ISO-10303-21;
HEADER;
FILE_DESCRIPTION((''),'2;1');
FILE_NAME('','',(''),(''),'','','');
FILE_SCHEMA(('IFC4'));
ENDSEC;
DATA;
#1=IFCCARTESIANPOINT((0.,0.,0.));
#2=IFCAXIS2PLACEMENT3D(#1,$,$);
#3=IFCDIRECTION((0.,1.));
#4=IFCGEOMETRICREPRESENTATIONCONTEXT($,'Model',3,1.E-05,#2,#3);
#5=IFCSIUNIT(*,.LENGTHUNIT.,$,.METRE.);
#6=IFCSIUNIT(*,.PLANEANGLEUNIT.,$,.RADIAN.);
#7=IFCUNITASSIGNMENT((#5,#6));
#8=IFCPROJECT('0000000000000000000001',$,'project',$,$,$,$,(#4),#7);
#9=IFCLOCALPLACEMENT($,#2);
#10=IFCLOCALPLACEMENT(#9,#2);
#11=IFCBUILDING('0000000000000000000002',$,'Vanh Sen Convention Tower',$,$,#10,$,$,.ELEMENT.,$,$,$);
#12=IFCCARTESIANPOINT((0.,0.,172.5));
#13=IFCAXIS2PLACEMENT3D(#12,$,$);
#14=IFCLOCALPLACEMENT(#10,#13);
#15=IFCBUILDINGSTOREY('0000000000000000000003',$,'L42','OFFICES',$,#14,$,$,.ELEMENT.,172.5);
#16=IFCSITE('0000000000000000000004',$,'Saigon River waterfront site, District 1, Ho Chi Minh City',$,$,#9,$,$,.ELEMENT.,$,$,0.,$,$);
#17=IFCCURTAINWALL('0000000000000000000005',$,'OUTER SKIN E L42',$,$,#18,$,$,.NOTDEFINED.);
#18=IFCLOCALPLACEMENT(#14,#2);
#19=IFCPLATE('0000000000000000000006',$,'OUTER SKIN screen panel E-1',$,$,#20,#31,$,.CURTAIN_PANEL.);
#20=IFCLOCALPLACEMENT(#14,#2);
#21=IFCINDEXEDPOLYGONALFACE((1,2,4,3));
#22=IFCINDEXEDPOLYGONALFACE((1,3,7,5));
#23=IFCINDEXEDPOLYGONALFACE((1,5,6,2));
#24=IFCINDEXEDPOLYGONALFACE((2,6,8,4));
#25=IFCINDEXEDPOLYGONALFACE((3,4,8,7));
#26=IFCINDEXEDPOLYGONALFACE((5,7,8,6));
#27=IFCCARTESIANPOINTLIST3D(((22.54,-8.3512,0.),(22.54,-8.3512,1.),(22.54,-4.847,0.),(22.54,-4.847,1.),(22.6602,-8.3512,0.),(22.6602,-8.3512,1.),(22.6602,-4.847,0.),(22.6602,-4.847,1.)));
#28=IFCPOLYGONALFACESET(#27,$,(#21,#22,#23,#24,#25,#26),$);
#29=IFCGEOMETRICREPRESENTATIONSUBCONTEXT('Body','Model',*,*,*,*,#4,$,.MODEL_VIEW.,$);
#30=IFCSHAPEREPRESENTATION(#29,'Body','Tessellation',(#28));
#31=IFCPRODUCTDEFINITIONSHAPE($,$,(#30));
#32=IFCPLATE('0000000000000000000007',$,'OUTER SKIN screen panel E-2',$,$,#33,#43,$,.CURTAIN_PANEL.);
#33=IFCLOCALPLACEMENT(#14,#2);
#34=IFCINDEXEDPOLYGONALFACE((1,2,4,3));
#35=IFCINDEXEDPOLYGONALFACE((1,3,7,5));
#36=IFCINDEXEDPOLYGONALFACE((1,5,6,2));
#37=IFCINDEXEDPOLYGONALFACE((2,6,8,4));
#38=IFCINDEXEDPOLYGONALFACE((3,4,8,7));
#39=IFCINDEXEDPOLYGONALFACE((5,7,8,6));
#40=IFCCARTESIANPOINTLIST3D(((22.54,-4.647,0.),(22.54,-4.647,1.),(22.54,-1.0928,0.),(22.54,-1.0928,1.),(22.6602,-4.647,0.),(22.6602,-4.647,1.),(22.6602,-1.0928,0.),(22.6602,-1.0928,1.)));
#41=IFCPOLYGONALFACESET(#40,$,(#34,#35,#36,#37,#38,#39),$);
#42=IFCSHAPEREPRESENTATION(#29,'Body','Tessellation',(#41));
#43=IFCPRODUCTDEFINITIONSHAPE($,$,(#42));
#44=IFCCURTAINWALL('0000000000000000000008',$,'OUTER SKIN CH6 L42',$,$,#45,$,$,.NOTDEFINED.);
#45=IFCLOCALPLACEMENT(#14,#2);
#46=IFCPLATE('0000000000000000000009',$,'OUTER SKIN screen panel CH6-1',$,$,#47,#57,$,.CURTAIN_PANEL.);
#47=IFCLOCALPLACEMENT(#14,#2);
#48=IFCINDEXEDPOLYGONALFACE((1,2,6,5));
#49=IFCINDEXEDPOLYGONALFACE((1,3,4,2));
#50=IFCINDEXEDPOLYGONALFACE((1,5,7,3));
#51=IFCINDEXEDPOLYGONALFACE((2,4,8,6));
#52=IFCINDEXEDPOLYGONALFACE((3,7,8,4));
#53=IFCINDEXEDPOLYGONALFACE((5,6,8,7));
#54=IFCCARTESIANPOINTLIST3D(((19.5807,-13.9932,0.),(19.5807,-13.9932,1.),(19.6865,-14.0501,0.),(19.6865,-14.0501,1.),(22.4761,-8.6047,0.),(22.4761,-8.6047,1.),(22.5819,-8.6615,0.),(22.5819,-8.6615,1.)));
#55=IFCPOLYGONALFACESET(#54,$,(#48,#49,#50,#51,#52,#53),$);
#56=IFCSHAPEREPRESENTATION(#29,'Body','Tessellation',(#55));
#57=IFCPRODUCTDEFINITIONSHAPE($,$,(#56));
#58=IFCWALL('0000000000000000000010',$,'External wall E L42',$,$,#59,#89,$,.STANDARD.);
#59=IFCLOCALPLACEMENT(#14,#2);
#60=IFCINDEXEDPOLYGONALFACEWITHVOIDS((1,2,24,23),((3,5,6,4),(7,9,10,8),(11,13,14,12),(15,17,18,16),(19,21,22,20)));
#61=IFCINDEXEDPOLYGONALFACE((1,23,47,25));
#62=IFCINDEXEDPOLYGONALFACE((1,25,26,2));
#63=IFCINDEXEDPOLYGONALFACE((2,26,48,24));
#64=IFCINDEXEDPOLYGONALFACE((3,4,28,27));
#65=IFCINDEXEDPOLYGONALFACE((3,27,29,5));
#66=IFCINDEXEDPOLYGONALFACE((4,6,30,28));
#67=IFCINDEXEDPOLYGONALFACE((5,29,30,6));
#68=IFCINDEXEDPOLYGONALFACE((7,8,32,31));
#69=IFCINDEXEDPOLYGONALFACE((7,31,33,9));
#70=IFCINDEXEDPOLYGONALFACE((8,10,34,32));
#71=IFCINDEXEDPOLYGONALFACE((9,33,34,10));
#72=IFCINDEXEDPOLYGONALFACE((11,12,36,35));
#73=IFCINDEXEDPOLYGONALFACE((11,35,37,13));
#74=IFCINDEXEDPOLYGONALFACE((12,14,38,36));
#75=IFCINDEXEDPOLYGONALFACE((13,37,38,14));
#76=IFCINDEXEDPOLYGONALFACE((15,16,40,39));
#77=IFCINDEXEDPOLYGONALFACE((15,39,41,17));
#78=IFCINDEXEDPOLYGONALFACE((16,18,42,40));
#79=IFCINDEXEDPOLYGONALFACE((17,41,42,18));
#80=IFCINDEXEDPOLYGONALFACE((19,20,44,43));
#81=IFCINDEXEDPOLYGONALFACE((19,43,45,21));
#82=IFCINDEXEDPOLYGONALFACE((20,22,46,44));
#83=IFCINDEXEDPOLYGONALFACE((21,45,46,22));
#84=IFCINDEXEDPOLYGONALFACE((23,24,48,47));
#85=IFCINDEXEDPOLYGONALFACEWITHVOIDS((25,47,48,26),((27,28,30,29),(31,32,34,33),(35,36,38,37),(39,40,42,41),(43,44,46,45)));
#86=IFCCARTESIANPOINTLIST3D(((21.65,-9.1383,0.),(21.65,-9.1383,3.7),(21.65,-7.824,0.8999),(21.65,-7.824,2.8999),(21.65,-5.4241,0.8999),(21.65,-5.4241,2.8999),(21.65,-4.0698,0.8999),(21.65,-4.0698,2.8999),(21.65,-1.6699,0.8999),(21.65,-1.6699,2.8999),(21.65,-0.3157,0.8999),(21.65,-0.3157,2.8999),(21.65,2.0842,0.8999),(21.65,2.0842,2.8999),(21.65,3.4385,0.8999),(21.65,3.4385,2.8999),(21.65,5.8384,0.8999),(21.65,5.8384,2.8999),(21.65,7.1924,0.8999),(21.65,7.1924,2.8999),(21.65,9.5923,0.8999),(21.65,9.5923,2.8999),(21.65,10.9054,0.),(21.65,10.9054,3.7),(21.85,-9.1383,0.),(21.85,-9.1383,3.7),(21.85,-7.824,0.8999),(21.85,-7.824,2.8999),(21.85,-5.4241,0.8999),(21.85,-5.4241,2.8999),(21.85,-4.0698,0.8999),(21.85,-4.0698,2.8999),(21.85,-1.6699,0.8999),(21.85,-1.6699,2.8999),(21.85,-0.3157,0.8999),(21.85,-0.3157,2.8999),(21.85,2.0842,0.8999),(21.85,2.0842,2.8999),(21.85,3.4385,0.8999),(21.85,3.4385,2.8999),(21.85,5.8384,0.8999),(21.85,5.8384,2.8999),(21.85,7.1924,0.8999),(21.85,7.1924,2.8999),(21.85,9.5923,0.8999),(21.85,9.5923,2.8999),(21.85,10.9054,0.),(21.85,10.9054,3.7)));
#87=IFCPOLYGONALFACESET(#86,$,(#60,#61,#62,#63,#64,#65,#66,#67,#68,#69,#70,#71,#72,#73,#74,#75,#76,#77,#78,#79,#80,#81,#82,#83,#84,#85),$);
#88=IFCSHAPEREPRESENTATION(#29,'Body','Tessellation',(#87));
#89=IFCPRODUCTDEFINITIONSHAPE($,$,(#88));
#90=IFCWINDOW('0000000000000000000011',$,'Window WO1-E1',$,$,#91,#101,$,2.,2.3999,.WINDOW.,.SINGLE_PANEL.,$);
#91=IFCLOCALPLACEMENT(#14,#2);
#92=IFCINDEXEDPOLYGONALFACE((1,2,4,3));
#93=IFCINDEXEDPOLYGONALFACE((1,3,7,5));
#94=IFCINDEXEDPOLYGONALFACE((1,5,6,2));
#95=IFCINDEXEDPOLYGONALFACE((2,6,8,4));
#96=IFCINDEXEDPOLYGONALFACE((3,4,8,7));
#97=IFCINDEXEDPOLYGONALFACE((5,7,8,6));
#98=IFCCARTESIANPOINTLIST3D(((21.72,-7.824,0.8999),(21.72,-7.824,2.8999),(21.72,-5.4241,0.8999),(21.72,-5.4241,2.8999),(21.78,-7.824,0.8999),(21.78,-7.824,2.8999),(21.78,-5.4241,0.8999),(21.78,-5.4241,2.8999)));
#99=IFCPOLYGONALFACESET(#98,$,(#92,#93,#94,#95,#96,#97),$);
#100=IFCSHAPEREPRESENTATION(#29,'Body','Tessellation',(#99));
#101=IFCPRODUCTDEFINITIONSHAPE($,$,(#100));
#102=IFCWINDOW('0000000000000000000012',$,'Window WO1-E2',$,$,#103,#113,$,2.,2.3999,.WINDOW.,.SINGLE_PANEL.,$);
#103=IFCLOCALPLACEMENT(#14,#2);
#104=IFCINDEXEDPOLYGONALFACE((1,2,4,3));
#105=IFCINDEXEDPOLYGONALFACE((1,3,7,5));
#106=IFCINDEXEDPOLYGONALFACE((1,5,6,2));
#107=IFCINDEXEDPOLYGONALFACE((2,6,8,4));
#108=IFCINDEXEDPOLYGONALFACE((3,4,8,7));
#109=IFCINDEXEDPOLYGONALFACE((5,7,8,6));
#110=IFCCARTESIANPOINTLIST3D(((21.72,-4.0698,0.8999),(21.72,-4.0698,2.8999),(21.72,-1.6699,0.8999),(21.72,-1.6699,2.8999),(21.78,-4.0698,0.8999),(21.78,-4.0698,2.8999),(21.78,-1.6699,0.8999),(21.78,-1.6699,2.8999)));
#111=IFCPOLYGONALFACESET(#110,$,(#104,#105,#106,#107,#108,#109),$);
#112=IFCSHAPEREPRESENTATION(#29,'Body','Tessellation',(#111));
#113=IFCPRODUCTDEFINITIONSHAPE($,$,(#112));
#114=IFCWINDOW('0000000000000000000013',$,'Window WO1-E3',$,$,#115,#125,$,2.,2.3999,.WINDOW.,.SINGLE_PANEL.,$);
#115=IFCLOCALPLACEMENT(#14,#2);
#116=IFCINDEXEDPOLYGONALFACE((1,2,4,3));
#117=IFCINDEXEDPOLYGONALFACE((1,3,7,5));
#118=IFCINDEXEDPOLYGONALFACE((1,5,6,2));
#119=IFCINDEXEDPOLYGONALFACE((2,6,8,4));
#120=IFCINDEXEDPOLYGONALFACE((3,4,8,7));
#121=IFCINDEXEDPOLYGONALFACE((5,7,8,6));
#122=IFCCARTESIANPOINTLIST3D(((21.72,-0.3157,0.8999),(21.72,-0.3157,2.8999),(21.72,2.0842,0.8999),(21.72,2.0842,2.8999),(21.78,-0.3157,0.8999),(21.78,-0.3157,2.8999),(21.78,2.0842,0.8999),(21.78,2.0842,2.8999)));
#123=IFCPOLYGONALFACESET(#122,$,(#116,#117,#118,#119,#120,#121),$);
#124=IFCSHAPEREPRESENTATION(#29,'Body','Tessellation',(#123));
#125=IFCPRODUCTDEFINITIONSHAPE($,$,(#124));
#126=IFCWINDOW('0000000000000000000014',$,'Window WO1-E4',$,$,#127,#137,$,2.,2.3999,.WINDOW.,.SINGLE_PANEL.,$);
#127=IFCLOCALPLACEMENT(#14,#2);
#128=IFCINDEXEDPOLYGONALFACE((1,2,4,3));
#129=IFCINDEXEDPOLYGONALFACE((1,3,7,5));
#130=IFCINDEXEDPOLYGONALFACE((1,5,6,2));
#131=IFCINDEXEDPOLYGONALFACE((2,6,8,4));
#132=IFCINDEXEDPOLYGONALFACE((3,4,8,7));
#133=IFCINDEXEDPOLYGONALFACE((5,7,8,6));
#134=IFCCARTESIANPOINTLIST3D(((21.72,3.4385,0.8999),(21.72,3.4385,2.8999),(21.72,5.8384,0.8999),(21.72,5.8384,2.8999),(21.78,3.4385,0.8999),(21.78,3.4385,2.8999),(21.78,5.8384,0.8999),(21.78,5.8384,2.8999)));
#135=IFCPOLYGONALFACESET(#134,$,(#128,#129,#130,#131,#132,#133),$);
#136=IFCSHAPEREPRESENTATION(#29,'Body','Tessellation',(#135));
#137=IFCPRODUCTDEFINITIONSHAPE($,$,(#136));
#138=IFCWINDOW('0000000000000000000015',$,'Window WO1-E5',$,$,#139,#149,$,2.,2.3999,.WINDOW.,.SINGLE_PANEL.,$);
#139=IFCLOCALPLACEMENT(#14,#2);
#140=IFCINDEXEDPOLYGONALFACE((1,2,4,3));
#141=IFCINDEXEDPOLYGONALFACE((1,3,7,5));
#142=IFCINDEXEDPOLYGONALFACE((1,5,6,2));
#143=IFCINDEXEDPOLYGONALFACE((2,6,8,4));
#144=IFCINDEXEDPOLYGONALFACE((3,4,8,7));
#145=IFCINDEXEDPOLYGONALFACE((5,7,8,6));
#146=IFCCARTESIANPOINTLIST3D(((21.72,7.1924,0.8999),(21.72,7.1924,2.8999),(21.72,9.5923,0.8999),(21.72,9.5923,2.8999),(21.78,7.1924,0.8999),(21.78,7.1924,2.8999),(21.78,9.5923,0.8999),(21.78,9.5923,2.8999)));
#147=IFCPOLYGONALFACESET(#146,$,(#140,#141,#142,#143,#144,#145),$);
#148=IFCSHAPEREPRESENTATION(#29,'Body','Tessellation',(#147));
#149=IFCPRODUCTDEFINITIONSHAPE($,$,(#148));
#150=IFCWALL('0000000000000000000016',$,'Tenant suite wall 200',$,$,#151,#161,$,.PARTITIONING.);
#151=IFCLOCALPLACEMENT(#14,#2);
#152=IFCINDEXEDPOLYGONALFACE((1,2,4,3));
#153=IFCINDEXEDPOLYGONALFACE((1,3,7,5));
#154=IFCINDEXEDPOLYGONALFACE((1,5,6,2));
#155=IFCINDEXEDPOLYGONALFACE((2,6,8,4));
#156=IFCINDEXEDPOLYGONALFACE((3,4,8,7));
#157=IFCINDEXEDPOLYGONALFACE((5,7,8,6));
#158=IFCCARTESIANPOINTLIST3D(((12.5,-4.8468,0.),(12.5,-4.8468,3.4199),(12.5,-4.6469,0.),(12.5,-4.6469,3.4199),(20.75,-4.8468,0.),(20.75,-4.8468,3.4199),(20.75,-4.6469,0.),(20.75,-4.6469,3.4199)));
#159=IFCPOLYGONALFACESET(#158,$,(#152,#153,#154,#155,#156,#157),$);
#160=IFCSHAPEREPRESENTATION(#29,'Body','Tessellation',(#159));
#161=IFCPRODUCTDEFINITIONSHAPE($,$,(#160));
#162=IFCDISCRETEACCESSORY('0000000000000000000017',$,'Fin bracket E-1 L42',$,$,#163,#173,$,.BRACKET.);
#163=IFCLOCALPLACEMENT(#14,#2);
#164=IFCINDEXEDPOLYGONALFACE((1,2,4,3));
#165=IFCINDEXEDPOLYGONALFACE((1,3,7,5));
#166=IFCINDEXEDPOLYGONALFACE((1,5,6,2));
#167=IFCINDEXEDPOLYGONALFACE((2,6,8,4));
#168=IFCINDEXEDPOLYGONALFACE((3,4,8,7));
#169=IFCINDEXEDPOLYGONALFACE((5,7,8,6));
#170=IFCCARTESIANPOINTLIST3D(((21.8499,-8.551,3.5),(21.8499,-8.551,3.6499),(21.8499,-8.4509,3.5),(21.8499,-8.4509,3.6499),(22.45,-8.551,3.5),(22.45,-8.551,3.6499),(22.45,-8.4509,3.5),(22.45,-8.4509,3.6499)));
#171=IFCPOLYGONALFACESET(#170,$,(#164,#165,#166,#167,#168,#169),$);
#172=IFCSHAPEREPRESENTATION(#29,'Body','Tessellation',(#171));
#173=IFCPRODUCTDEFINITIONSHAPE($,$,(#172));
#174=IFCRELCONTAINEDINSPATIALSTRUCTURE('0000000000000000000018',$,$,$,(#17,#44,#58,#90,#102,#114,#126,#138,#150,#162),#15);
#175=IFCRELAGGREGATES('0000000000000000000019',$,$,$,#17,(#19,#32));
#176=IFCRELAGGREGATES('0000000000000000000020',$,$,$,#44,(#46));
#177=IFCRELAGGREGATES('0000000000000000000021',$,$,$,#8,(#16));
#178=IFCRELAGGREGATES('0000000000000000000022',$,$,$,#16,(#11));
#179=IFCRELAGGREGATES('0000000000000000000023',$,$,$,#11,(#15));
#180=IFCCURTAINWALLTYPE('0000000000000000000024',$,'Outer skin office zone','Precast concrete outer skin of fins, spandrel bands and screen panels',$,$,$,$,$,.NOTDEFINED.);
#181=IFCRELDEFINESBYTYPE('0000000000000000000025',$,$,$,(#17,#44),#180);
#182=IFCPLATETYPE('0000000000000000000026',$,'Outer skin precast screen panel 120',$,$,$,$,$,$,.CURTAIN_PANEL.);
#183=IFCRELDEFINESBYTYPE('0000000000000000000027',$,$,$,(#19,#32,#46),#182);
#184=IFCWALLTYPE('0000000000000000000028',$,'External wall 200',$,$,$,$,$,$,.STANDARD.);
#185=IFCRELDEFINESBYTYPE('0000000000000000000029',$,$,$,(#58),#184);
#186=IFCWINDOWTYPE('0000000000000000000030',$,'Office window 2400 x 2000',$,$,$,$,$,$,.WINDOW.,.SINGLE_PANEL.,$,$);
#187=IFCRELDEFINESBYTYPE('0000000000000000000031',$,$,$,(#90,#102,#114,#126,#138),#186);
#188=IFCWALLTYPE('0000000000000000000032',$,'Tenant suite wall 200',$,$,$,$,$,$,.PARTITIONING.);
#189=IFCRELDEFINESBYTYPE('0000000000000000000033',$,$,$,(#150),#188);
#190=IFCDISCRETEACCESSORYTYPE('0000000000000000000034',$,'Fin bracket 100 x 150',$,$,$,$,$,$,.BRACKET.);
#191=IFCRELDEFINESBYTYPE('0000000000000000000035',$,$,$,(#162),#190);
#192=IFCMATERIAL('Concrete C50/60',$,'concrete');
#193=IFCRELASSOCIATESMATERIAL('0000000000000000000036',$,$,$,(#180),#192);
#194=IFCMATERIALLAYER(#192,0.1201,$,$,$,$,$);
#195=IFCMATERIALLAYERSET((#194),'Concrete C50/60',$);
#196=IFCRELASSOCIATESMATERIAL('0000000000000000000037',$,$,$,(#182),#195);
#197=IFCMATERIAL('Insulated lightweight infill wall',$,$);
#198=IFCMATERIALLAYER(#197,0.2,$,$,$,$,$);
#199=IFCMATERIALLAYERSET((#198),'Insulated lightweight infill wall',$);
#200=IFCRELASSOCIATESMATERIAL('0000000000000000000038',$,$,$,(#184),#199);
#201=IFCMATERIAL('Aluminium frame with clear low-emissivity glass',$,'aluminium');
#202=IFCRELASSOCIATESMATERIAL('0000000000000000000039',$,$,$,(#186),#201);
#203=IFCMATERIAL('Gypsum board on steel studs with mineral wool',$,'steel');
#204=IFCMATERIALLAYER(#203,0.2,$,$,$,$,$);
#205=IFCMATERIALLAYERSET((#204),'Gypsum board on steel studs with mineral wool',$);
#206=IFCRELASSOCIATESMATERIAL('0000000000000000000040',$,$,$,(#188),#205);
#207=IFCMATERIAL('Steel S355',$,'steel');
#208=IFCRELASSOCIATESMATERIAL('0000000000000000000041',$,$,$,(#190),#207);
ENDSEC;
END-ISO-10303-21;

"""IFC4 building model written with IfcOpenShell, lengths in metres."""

from ifc_helpers import new_model, si_unit, direction, frame, frame_2d, origin, origin_2d, place, context, subcontext, project, spatial, rectangle, extrude, material, layer, layer_set, type_object, element, fill, aggregate, save


model = new_model("IFC4")

# Units and contexts
model_context = context("Model", 3, precision=1e-05, world=origin(), true_north=direction((0.0, 1.0)))
body_context = subcontext(model_context, "Body", "Model", "MODEL_VIEW")
ifc_project = project(units=[si_unit("LENGTHUNIT", "METRE"), si_unit("PLANEANGLEUNIT", "RADIAN")], contexts=[model_context])

# Site, building, storey
site_placement = place(None, origin())
site = spatial("IfcSite", under=ifc_project, at=site_placement, Name="Saigon River waterfront site, District 1, Ho Chi Minh City", CompositionType="ELEMENT", RefElevation=0.0)
building_placement = place(site_placement, origin())
building = spatial("IfcBuilding", under=site, at=building_placement, Name="Vanh Sen Convention Tower", CompositionType="ELEMENT")
storey_placement = place(building_placement, frame((0.0, 0.0, 172.5)))
storey = spatial("IfcBuildingStorey", under=building, at=storey_placement, Name="L42", Description="OFFICES", CompositionType="ELEMENT", Elevation=172.5)

# Curtain wall
ifc_material_1 = material(Name="Concrete C50/60", Category="concrete")
curtain_wall_type = type_object("IfcCurtainWallType", Name="Outer skin office zone", Description="Precast concrete outer skin of fins, spandrel bands and screen panels", PredefinedType="NOTDEFINED", material=ifc_material_1)
curtain_wall_1_placement = place(storey_placement, origin())
curtain_wall_1 = element("IfcCurtainWall", 1, at=curtain_wall_1_placement, inside=storey, type_object=curtain_wall_type, Name="OUTER SKIN E L42", PredefinedType="NOTDEFINED")

# Plates
ifc_layer_1 = layer(ifc_material_1, 0.1201)
ifc_layer_set_1 = layer_set([ifc_layer_1], Name="Concrete C50/60")
plate_type = type_object("IfcPlateType", Name="Outer skin precast screen panel 120", PredefinedType="CURTAIN_PANEL", material=ifc_layer_set_1)
plate_1_placement = place(storey_placement, frame((22.6001, -6.5991, 0.0), z_axis=(0.0, 0.0, 1.0), x_axis=(0.0, 1.0, 0.0)))
plate_1 = element("IfcPlate", 2, at=plate_1_placement, type_object=plate_type, Name="OUTER SKIN screen panel E-1", PredefinedType="CURTAIN_PANEL", context=body_context, shape_type="SweptSolid", body=[
    extrude(rectangle(XDim=3.5042, YDim=0.1201, at=origin_2d()), origin(), (0.0, 0.0, 1.0), 1.0),
])
plate_2_placement = place(storey_placement, frame((22.6001, -2.8699, 0.0), z_axis=(0.0, 0.0, 1.0), x_axis=(0.0, 1.0, 0.0)))
plate_2 = element("IfcPlate", 3, at=plate_2_placement, type_object=plate_type, Name="OUTER SKIN screen panel E-2", PredefinedType="CURTAIN_PANEL", context=body_context, shape_type="SweptSolid", body=[
    extrude(rectangle(XDim=3.5542, YDim=0.1201, at=origin_2d()), origin(), (0.0, 0.0, 1.0), 1.0),
])
aggregate(curtain_wall_1, [plate_1, plate_2])

# Curtain wall, plate
curtain_wall_2_placement = place(storey_placement, origin())
curtain_wall_2 = element("IfcCurtainWall", 4, at=curtain_wall_2_placement, inside=storey, type_object=curtain_wall_type, Name="OUTER SKIN CH6 L42", PredefinedType="NOTDEFINED")
plate_3_placement = place(storey_placement, frame((21.0813, -11.3274, 0.0), z_axis=(0.0, 0.0, 1.0), x_axis=(0.473321, 0.88089, 0.0)))
plate_3 = element("IfcPlate", 5, at=plate_3_placement, type_object=plate_type, Name="OUTER SKIN screen panel CH6-1", PredefinedType="CURTAIN_PANEL", context=body_context, shape_type="SweptSolid", body=[
    extrude(rectangle(XDim=6.1172, YDim=0.1201, at=origin_2d()), origin(), (0.0, 0.0, 1.0), 1.0),
])
aggregate(curtain_wall_2, [plate_3])

# Wall, openings, windows
ifc_material_2 = material(Name="Insulated lightweight infill wall")
ifc_layer_2 = layer(ifc_material_2, 0.2)
ifc_layer_set_2 = layer_set([ifc_layer_2], Name="Insulated lightweight infill wall")
wall_type_1 = type_object("IfcWallType", Name="External wall 200", PredefinedType="STANDARD", material=ifc_layer_set_2)
wall_1_placement = place(storey_placement, frame((21.75, -9.1384, 0.0), z_axis=(0.0, 0.0, 1.0), x_axis=(0.0, 1.0, 0.0)))
wall_1 = element("IfcWall", 6, at=wall_1_placement, inside=storey, type_object=wall_type_1, Name="External wall E L42", PredefinedType="STANDARD", context=body_context, shape_type="SweptSolid", body=[
    extrude(rectangle(XDim=20.0437, YDim=0.2, at=frame_2d((10.022, 0.0))), origin(), (0.0, 0.0, 1.0), 3.7),
])
opening_1_placement = place(wall_1_placement, frame((1.3145, 0.0, 0.8999)))
opening_1 = element("IfcOpeningElement", 7, at=opening_1_placement, cuts=wall_1, PredefinedType="OPENING", context=body_context, shape_type="SweptSolid", body=[
    extrude(rectangle(XDim=2.3999, YDim=2.0, at=frame_2d((1.2, 1.0))), frame((0.0, 0.1099, 0.0), z_axis=(0.0, -1.0, 0.0), x_axis=(1.0, 0.0, 0.0)), (0.0, 0.0, 1.0), 0.22),
])
opening_2_placement = place(wall_1_placement, frame((5.0686, 0.0, 0.8999)))
opening_2 = element("IfcOpeningElement", 8, at=opening_2_placement, cuts=wall_1, PredefinedType="OPENING", context=body_context, shape_type="SweptSolid", body=[
    extrude(rectangle(XDim=2.3999, YDim=2.0, at=frame_2d((1.2, 1.0))), frame((0.0, 0.1099, 0.0), z_axis=(0.0, -1.0, 0.0), x_axis=(1.0, 0.0, 0.0)), (0.0, 0.0, 1.0), 0.22),
])
opening_3_placement = place(wall_1_placement, frame((8.8228, 0.0, 0.8999)))
opening_3 = element("IfcOpeningElement", 9, at=opening_3_placement, cuts=wall_1, PredefinedType="OPENING", context=body_context, shape_type="SweptSolid", body=[
    extrude(rectangle(XDim=2.3999, YDim=2.0, at=frame_2d((1.2, 1.0))), frame((0.0, 0.1099, 0.0), z_axis=(0.0, -1.0, 0.0), x_axis=(1.0, 0.0, 0.0)), (0.0, 0.0, 1.0), 0.22),
])
opening_4_placement = place(wall_1_placement, frame((12.5769, 0.0, 0.8999)))
opening_4 = element("IfcOpeningElement", 10, at=opening_4_placement, cuts=wall_1, PredefinedType="OPENING", context=body_context, shape_type="SweptSolid", body=[
    extrude(rectangle(XDim=2.3999, YDim=2.0, at=frame_2d((1.2, 1.0))), frame((0.0, 0.1099, 0.0), z_axis=(0.0, -1.0, 0.0), x_axis=(1.0, 0.0, 0.0)), (0.0, 0.0, 1.0), 0.22),
])
opening_5_placement = place(wall_1_placement, frame((16.3308, 0.0, 0.8999)))
opening_5 = element("IfcOpeningElement", 11, at=opening_5_placement, cuts=wall_1, PredefinedType="OPENING", context=body_context, shape_type="SweptSolid", body=[
    extrude(rectangle(XDim=2.3999, YDim=2.0, at=frame_2d((1.2, 1.0))), frame((0.0, 0.1099, 0.0), z_axis=(0.0, -1.0, 0.0), x_axis=(1.0, 0.0, 0.0)), (0.0, 0.0, 1.0), 0.22),
])
ifc_material_3 = material(Name="Aluminium frame with clear low-emissivity glass", Category="aluminium")
window_type = type_object("IfcWindowType", Name="Office window 2400 x 2000", PartitioningType="SINGLE_PANEL", PredefinedType="WINDOW", material=ifc_material_3)
window_1_placement = place(opening_1_placement, origin())
window_1 = element("IfcWindow", 12, at=window_1_placement, inside=storey, type_object=window_type, Name="Window WO1-E1", OverallHeight=2.0, OverallWidth=2.3999, PartitioningType="SINGLE_PANEL", PredefinedType="WINDOW", context=body_context, shape_type="SweptSolid", body=[
    extrude(rectangle(XDim=2.3999, YDim=2.0, at=frame_2d((1.2, 1.0))), frame((0.0, 0.03, 0.0), z_axis=(0.0, -1.0, 0.0), x_axis=(1.0, 0.0, 0.0)), (0.0, 0.0, 1.0), 0.0601),
])
fill(opening_1, window_1)
window_2_placement = place(opening_2_placement, origin())
window_2 = element("IfcWindow", 13, at=window_2_placement, inside=storey, type_object=window_type, Name="Window WO1-E2", OverallHeight=2.0, OverallWidth=2.3999, PartitioningType="SINGLE_PANEL", PredefinedType="WINDOW", context=body_context, shape_type="SweptSolid", body=[
    extrude(rectangle(XDim=2.3999, YDim=2.0, at=frame_2d((1.2, 1.0))), frame((0.0, 0.03, 0.0), z_axis=(0.0, -1.0, 0.0), x_axis=(1.0, 0.0, 0.0)), (0.0, 0.0, 1.0), 0.0601),
])
fill(opening_2, window_2)
window_3_placement = place(opening_3_placement, origin())
window_3 = element("IfcWindow", 14, at=window_3_placement, inside=storey, type_object=window_type, Name="Window WO1-E3", OverallHeight=2.0, OverallWidth=2.3999, PartitioningType="SINGLE_PANEL", PredefinedType="WINDOW", context=body_context, shape_type="SweptSolid", body=[
    extrude(rectangle(XDim=2.3999, YDim=2.0, at=frame_2d((1.2, 1.0))), frame((0.0, 0.03, 0.0), z_axis=(0.0, -1.0, 0.0), x_axis=(1.0, 0.0, 0.0)), (0.0, 0.0, 1.0), 0.0601),
])
fill(opening_3, window_3)
window_4_placement = place(opening_4_placement, origin())
window_4 = element("IfcWindow", 15, at=window_4_placement, inside=storey, type_object=window_type, Name="Window WO1-E4", OverallHeight=2.0, OverallWidth=2.3999, PartitioningType="SINGLE_PANEL", PredefinedType="WINDOW", context=body_context, shape_type="SweptSolid", body=[
    extrude(rectangle(XDim=2.3999, YDim=2.0, at=frame_2d((1.2, 1.0))), frame((0.0, 0.03, 0.0), z_axis=(0.0, -1.0, 0.0), x_axis=(1.0, 0.0, 0.0)), (0.0, 0.0, 1.0), 0.0601),
])
fill(opening_4, window_4)
window_5_placement = place(opening_5_placement, origin())
window_5 = element("IfcWindow", 16, at=window_5_placement, inside=storey, type_object=window_type, Name="Window WO1-E5", OverallHeight=2.0, OverallWidth=2.3999, PartitioningType="SINGLE_PANEL", PredefinedType="WINDOW", context=body_context, shape_type="SweptSolid", body=[
    extrude(rectangle(XDim=2.3999, YDim=2.0, at=frame_2d((1.2, 1.0))), frame((0.0, 0.03, 0.0), z_axis=(0.0, -1.0, 0.0), x_axis=(1.0, 0.0, 0.0)), (0.0, 0.0, 1.0), 0.0601),
])
fill(opening_5, window_5)

# Wall
ifc_material_4 = material(Name="Gypsum board on steel studs with mineral wool", Category="steel")
ifc_layer_3 = layer(ifc_material_4, 0.2)
ifc_layer_set_3 = layer_set([ifc_layer_3], Name="Gypsum board on steel studs with mineral wool")
wall_type_2 = type_object("IfcWallType", Name="Tenant suite wall 200", PredefinedType="PARTITIONING", material=ifc_layer_set_3)
wall_2_placement = place(storey_placement, frame((20.75, -4.7468, 0.0), z_axis=(0.0, 0.0, 1.0), x_axis=(-1.0, 0.0, 0.0)))
element("IfcWall", 17, at=wall_2_placement, inside=storey, type_object=wall_type_2, Name="Tenant suite wall 200", PredefinedType="PARTITIONING", context=body_context, shape_type="SweptSolid", body=[
    extrude(rectangle(XDim=8.25, YDim=0.2, at=frame_2d((4.125, 0.0))), origin(), (0.0, 0.0, 1.0), 3.4199),
])

# Discrete accessory
ifc_material_5 = material(Name="Steel S355", Category="steel")
discrete_accessory_type = type_object("IfcDiscreteAccessoryType", Name="Fin bracket 100 x 150", PredefinedType="BRACKET", material=ifc_material_5)
for number, where, z_axis, x_axis, name in (
    (18, (22.1499, -8.501, 3.5), (0.0, 0.0, 1.0), (1.0, 0.0, 0.0), "Fin bracket E-1 L42"),
):
    element("IfcDiscreteAccessory", number, at=place(storey_placement, frame(where, z_axis=z_axis, x_axis=x_axis)), inside=storey, type_object=discrete_accessory_type, Name=name, PredefinedType="BRACKET", context=body_context, shape_type="SweptSolid", body=[
        extrude(rectangle(XDim=0.6001, YDim=0.1001, at=origin_2d()), origin(), (0.0, 0.0, 1.0), 0.1499),
    ])

save(model, "model.ifc")
